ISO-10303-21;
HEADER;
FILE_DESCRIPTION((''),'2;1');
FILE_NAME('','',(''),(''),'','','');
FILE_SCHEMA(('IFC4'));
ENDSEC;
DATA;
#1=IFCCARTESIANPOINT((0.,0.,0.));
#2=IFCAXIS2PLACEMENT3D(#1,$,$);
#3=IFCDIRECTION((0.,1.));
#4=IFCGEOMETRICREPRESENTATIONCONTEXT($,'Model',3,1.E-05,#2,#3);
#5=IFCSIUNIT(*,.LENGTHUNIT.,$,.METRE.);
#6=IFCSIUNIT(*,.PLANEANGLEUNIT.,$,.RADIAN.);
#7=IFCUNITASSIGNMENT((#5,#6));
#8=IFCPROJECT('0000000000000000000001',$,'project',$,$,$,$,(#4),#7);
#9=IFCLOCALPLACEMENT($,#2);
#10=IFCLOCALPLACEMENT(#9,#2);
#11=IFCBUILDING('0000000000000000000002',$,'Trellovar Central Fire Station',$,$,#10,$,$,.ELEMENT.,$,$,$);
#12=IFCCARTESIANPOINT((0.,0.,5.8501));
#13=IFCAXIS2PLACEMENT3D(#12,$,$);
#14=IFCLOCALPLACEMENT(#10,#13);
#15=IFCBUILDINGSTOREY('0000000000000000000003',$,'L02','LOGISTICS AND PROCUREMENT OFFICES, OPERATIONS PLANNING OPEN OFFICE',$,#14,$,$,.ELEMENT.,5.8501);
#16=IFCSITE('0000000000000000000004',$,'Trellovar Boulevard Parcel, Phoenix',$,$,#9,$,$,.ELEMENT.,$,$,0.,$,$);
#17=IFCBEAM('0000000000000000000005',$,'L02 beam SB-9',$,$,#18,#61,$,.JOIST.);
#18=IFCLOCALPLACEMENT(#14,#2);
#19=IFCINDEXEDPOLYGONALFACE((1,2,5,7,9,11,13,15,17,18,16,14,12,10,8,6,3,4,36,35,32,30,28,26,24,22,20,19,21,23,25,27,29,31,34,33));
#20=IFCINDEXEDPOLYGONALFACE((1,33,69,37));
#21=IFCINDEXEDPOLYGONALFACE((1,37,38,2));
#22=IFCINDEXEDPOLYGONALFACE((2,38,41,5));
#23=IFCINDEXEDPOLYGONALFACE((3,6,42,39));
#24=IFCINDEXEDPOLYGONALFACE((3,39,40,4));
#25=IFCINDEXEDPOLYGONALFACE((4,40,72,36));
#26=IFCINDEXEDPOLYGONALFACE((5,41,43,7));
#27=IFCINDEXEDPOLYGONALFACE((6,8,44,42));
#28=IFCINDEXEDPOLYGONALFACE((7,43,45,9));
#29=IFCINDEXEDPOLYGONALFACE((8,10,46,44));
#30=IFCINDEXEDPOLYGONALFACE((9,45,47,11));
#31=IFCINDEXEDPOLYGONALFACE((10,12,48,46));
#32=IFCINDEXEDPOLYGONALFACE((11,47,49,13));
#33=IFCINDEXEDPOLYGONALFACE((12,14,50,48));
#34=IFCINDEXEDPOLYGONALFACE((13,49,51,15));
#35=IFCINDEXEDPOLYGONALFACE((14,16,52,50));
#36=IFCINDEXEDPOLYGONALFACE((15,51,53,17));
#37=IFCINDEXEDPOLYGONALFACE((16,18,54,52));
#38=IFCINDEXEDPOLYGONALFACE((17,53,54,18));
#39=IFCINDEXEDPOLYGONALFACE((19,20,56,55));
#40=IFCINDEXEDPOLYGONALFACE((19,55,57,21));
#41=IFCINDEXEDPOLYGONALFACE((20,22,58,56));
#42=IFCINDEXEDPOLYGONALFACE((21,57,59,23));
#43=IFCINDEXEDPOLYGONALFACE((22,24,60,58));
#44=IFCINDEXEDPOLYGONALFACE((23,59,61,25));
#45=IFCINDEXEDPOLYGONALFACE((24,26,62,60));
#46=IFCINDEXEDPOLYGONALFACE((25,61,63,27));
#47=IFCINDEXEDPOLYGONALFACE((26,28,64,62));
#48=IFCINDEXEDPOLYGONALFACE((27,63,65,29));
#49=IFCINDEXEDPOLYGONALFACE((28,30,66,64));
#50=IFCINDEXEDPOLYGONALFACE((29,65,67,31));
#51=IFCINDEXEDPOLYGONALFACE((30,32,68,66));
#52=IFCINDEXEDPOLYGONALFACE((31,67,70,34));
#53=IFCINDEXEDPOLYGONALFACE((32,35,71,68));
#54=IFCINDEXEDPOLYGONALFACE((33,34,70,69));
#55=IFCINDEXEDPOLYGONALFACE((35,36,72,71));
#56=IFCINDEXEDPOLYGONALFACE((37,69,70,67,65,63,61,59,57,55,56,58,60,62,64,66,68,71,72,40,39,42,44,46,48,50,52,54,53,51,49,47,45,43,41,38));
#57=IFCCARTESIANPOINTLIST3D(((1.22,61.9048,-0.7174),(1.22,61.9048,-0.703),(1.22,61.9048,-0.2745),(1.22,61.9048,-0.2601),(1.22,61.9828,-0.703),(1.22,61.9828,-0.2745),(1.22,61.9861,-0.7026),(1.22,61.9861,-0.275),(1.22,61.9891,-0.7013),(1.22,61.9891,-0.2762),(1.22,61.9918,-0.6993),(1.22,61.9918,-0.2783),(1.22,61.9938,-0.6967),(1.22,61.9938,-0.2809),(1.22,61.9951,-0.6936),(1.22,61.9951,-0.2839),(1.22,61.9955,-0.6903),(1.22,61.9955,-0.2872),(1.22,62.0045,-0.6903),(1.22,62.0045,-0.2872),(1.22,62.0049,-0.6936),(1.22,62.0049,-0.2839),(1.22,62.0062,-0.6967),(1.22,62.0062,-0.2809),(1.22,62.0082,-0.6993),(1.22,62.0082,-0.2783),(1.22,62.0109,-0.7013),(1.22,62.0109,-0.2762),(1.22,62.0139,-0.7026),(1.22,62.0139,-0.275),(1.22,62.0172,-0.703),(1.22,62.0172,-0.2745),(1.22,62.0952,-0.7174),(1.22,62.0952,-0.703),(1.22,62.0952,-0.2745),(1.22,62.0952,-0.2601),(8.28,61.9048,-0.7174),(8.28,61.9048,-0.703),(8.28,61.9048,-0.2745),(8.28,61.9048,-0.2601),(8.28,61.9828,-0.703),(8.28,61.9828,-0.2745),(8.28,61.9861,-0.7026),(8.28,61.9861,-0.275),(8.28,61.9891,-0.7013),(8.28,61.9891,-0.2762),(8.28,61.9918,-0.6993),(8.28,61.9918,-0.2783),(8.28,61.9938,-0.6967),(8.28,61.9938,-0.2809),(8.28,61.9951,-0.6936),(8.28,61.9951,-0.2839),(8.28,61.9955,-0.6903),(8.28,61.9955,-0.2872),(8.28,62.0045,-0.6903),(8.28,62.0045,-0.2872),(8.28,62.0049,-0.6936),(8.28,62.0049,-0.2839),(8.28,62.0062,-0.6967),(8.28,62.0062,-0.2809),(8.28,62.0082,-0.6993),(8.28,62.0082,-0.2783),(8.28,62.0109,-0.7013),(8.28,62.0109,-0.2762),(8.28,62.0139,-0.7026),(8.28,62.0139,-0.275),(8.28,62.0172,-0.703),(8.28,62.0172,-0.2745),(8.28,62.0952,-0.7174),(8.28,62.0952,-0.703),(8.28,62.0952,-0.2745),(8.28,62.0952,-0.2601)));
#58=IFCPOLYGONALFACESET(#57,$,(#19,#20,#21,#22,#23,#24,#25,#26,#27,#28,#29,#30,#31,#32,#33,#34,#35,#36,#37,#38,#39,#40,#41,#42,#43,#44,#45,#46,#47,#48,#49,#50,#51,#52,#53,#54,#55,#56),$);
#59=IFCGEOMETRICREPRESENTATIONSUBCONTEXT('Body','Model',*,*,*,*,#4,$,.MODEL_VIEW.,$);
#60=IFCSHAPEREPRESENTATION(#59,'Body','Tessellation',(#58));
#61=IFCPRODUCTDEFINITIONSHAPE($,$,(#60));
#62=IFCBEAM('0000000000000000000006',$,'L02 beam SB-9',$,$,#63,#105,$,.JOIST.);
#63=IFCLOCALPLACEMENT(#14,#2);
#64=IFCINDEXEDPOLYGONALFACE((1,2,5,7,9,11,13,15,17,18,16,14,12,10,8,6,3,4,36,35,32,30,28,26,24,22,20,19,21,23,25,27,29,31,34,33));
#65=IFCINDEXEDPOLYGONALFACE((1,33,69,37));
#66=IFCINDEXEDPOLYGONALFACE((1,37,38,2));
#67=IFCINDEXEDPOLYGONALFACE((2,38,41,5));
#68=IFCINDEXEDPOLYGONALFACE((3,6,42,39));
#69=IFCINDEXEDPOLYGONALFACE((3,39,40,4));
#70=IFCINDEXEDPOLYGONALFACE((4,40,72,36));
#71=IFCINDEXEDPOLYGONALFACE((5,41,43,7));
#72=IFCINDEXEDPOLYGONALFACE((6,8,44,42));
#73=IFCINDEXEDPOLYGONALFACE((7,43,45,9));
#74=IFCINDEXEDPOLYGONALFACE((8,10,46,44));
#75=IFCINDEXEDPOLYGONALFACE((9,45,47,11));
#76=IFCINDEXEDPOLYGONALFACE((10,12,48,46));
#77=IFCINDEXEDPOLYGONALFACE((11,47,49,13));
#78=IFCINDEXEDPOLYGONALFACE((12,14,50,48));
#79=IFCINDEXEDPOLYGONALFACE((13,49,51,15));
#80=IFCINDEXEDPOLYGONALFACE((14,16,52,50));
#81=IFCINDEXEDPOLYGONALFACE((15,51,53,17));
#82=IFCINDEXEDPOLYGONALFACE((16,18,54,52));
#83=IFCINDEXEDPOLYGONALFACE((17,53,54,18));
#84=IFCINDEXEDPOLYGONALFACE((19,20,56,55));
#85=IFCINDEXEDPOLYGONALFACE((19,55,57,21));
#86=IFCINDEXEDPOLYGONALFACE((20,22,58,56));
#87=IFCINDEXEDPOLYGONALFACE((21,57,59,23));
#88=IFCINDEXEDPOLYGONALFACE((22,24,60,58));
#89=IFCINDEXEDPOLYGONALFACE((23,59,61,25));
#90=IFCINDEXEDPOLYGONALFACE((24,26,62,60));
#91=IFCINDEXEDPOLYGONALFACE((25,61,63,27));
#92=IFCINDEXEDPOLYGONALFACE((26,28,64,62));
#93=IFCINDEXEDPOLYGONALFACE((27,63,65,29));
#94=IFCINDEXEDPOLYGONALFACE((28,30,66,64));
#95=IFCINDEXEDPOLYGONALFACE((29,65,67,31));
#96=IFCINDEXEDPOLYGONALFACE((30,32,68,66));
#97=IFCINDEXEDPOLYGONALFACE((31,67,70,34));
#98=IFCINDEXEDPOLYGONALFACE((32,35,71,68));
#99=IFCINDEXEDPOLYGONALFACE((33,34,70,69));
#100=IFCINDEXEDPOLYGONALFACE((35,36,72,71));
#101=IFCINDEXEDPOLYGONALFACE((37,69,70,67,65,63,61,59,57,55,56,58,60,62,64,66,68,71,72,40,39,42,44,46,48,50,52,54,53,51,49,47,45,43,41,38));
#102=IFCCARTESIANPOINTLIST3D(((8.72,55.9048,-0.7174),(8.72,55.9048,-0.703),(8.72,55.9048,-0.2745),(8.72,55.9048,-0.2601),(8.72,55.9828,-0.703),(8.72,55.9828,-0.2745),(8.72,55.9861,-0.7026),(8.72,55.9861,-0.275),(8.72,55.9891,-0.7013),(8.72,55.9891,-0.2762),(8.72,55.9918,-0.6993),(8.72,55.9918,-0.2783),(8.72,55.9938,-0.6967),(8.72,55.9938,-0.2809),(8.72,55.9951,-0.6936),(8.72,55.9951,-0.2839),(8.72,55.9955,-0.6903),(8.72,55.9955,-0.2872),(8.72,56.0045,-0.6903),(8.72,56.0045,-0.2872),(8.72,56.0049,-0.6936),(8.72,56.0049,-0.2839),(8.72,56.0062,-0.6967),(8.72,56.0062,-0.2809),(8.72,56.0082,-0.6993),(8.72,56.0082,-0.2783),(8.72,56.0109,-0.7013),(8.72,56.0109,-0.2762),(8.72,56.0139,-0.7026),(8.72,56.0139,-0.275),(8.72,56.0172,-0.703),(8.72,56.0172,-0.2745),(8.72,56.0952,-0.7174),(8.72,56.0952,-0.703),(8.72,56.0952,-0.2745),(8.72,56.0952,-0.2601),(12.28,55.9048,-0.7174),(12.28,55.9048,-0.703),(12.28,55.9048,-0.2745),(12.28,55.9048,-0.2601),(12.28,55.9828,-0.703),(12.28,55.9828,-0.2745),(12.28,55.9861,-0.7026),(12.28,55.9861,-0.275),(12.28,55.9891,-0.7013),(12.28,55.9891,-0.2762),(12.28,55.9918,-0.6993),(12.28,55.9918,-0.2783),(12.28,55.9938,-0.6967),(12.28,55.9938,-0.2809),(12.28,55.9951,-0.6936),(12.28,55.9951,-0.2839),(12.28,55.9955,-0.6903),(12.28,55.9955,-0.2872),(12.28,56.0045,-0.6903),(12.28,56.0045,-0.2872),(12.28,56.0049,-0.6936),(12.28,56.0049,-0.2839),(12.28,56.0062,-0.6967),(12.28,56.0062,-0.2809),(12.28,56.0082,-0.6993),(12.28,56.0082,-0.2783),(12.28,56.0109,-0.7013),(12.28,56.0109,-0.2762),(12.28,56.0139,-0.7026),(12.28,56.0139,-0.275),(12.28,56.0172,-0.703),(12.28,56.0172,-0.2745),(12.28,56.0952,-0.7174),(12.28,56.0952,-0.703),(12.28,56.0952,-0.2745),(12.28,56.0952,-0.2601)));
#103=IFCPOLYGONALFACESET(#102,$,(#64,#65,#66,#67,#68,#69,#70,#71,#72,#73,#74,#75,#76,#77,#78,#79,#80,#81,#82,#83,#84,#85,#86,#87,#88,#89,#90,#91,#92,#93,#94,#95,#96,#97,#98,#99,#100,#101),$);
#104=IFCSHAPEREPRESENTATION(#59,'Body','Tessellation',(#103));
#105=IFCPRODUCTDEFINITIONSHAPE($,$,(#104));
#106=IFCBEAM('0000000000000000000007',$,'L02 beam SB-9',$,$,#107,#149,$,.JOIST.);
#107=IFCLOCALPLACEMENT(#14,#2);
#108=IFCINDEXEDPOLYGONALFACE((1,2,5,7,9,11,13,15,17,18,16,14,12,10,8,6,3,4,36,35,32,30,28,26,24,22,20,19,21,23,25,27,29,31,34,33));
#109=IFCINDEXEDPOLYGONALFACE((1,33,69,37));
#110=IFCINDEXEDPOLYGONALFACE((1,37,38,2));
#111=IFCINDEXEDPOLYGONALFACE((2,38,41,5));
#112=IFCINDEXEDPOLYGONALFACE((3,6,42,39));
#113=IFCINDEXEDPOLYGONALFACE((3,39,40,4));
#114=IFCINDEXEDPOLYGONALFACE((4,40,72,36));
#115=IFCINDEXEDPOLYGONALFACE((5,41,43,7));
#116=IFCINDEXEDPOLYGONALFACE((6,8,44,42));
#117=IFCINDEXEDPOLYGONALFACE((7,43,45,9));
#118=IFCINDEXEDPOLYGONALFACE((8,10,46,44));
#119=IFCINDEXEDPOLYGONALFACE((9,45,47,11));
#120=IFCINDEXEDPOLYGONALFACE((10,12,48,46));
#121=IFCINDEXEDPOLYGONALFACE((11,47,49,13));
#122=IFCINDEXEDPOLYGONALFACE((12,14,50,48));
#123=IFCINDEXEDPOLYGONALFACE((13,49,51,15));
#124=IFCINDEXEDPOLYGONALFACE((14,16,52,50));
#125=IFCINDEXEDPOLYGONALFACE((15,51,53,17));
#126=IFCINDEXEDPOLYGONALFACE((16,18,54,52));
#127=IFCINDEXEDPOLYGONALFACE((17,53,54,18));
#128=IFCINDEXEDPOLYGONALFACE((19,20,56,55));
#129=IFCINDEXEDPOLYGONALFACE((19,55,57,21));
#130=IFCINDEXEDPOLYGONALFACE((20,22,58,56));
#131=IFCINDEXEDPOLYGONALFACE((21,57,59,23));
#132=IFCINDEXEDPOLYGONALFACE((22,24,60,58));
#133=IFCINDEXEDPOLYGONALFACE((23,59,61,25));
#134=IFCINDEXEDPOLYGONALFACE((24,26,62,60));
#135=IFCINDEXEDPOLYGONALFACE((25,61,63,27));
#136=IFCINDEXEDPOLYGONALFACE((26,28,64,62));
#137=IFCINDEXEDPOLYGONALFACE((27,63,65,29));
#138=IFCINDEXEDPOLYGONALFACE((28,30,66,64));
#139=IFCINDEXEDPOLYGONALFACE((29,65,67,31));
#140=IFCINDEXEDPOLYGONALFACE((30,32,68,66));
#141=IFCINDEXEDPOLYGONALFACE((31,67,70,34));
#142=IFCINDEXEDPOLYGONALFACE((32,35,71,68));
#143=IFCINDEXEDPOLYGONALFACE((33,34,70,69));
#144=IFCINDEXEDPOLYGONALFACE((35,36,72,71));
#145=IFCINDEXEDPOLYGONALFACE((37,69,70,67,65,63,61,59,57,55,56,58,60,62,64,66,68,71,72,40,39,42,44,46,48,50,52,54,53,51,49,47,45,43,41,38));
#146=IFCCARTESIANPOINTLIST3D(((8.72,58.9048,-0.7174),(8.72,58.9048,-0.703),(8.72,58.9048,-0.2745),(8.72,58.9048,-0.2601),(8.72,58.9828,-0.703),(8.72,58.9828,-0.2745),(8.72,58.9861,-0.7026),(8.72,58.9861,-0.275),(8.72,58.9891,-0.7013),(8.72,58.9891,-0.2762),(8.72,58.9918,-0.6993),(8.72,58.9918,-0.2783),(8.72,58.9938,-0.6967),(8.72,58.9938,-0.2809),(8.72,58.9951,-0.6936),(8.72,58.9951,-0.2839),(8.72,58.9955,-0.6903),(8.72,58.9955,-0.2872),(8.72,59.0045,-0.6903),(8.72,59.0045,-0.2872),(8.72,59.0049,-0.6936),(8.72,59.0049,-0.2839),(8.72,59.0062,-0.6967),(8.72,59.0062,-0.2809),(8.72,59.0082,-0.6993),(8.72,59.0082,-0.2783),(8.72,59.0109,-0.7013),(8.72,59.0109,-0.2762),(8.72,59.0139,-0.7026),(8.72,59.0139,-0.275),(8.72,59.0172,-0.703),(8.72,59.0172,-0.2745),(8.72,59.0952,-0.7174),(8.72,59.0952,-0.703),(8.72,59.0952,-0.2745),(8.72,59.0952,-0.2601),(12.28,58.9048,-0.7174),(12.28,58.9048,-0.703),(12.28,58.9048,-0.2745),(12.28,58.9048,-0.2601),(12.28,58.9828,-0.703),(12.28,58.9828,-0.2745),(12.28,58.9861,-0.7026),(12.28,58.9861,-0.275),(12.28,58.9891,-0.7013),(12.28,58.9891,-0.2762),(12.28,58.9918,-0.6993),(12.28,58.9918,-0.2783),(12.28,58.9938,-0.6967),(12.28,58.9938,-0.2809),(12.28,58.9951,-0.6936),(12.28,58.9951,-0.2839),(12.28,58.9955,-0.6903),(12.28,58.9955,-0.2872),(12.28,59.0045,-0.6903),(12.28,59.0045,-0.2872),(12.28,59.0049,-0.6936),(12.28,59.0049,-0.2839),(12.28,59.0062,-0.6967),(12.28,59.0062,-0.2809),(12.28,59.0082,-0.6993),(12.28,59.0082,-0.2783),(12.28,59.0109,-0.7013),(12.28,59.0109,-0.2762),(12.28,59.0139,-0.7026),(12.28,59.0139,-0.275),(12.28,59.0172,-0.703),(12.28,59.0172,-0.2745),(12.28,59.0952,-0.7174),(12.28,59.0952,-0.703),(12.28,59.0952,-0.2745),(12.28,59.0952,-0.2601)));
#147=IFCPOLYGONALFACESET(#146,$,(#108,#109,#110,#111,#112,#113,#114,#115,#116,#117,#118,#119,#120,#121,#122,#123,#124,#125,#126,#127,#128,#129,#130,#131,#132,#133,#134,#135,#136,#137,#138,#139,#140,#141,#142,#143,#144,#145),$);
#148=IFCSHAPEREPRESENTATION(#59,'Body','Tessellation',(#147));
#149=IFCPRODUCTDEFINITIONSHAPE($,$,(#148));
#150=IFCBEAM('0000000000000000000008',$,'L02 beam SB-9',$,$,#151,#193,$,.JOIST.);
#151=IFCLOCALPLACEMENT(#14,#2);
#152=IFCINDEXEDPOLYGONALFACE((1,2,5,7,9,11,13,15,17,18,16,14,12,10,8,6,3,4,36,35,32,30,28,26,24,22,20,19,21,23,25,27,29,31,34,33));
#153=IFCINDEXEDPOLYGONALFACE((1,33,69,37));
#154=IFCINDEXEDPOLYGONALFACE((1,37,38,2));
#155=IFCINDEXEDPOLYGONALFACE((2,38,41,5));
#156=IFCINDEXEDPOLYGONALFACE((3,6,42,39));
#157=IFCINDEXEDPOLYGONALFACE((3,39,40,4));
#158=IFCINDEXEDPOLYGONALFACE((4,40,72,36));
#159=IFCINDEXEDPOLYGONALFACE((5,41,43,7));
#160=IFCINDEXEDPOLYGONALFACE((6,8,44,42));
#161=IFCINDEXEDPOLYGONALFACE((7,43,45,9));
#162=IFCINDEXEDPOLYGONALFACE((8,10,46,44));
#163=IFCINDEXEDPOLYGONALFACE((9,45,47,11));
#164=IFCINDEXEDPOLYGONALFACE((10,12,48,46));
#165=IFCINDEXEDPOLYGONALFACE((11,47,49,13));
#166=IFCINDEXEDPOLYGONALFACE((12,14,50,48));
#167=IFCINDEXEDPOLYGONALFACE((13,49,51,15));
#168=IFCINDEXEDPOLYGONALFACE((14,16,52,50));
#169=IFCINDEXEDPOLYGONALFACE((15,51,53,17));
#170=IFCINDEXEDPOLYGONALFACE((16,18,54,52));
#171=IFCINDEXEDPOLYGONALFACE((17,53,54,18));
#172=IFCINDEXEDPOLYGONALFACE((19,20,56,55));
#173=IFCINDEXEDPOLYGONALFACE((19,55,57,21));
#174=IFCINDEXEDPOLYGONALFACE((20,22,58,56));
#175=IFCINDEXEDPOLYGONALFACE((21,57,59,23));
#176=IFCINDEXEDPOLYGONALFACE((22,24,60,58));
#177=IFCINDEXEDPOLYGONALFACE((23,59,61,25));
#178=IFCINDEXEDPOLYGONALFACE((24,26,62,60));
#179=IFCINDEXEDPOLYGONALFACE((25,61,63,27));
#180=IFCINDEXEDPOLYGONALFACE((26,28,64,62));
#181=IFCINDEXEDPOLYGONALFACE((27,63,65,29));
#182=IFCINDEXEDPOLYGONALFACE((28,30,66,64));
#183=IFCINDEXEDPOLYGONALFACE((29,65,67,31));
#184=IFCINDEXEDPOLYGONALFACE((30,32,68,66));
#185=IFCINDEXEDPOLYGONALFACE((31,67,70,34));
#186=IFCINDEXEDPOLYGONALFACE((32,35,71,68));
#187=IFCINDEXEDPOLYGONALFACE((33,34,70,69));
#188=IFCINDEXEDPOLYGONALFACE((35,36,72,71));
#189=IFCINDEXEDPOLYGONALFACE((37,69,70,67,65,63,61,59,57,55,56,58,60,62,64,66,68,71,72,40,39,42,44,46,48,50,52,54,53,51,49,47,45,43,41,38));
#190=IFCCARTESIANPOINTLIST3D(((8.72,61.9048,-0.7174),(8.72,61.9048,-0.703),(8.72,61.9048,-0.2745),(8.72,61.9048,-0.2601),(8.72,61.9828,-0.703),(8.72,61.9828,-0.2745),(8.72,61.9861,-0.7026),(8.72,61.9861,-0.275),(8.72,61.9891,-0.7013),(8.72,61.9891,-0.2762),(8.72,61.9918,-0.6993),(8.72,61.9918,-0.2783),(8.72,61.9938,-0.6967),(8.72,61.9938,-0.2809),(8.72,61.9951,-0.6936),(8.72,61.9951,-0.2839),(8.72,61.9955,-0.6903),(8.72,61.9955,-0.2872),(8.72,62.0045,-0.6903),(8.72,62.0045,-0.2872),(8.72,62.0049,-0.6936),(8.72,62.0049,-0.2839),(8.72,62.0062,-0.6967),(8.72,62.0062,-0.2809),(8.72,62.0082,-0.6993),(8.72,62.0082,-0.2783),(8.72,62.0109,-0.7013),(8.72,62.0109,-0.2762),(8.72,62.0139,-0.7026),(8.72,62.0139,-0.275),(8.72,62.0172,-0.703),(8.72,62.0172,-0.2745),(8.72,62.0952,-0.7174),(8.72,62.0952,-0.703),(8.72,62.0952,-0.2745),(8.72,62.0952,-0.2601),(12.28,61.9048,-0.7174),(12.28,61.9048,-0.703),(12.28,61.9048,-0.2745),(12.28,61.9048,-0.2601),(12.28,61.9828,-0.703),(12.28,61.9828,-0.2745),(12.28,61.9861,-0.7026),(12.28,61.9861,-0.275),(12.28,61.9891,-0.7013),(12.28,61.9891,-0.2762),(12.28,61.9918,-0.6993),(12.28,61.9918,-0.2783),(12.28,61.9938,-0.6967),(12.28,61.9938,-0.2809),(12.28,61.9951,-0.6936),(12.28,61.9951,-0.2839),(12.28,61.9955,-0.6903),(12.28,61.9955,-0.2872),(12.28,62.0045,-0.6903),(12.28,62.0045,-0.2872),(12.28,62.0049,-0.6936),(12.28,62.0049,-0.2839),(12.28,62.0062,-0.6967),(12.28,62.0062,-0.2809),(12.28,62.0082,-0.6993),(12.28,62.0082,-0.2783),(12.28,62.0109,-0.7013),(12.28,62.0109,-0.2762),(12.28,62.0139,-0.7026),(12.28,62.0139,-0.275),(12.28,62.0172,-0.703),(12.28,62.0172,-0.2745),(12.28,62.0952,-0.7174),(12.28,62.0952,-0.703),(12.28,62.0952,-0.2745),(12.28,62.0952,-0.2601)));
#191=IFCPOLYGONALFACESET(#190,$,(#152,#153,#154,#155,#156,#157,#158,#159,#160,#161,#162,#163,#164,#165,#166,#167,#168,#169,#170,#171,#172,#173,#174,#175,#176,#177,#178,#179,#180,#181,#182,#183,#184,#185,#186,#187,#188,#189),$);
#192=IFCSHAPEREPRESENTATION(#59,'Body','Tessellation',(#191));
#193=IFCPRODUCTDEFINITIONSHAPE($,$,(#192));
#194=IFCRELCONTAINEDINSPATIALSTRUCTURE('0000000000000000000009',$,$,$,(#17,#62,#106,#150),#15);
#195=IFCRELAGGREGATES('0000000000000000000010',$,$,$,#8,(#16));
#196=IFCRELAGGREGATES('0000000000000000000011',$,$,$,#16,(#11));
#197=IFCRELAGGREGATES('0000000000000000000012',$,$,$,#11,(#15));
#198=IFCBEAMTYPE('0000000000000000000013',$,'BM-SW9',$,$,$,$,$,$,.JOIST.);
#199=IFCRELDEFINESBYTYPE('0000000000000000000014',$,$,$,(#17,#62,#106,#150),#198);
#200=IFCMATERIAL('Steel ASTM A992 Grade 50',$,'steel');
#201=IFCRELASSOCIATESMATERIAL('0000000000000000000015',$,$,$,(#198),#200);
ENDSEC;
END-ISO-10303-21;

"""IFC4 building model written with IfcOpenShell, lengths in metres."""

from ifc_helpers import new_model, si_unit, direction, frame, origin, origin_2d, place, context, subcontext, project, spatial, i_section, extrude, material, material_profile, profile_set, type_object, element, save


model = new_model("IFC4")

# Units and contexts
model_context = context("Model", 3, precision=1e-05, world=origin(), true_north=direction((0.0, 1.0)))
body_context = subcontext(model_context, "Body", "Model", "MODEL_VIEW")
ifc_project = project(units=[si_unit("LENGTHUNIT", "METRE"), si_unit("PLANEANGLEUNIT", "RADIAN")], contexts=[model_context])

# Site, building, storey
site_placement = place(None, origin())
site = spatial("IfcSite", under=ifc_project, at=site_placement, Name="Trellovar Boulevard Parcel, Phoenix", CompositionType="ELEMENT", RefElevation=0.0)
building_placement = place(site_placement, origin())
building = spatial("IfcBuilding", under=site, at=building_placement, Name="Trellovar Central Fire Station", CompositionType="ELEMENT")
storey_placement = place(building_placement, frame((0.0, 0.0, 5.8501)))
storey = spatial("IfcBuildingStorey", under=building, at=storey_placement, Name="L02", Description="LOGISTICS AND PROCUREMENT OFFICES, OPERATIONS PLANNING OPEN OFFICE", CompositionType="ELEMENT", Elevation=5.8501)

# Beams
ifc_material_1 = material(Name="Steel ASTM A992 Grade 50", Category="steel")
ifc_material_profile_1 = material_profile(ifc_material_1, i_section(OverallWidth=0.1904, OverallDepth=0.4573, WebThickness=0.009, FlangeThickness=0.0144, FilletRadius=0.0127, at=origin_2d()), Name="W18X50")
ifc_profile_set_1 = profile_set([ifc_material_profile_1], Name="Steel ASTM A992 Grade 50")
beam_type_1 = type_object("IfcBeamType", Name="BM-SW9", PredefinedType="JOIST", material=ifc_profile_set_1)
for number, where, z_axis, x_axis, name in (
    (1, (1.22, 62.0, -0.4888), (1.0, 0.0, 0.0), (0.0, 1.0, 0.0), "L02 beam SB-9"),
):
    element("IfcBeam", number, at=place(storey_placement, frame(where, z_axis=z_axis, x_axis=x_axis)), inside=storey, type_object=beam_type_1, Name=name, PredefinedType="JOIST", context=body_context, shape_type="SweptSolid", body=[
        extrude(i_section(OverallWidth=0.1904, OverallDepth=0.4573, WebThickness=0.009, FlangeThickness=0.0144, FilletRadius=0.0127, at=origin_2d()), origin(), (0.0, 0.0, 1.0), 7.0601),
    ])
for number, where, z_axis, x_axis, name in (
    (2, (8.72, 56.0, -0.4888), (1.0, 0.0, 0.0), (0.0, 1.0, 0.0), "L02 beam SB-9"),
    (3, (8.72, 59.0, -0.4888), (1.0, 0.0, 0.0), (0.0, 1.0, 0.0), "L02 beam SB-9"),
    (4, (8.72, 62.0, -0.4888), (1.0, 0.0, 0.0), (0.0, 1.0, 0.0), "L02 beam SB-9"),
):
    element("IfcBeam", number, at=place(storey_placement, frame(where, z_axis=z_axis, x_axis=x_axis)), inside=storey, type_object=beam_type_1, Name=name, PredefinedType="JOIST", context=body_context, shape_type="SweptSolid", body=[
        extrude(i_section(OverallWidth=0.1904, OverallDepth=0.4573, WebThickness=0.009, FlangeThickness=0.0144, FilletRadius=0.0127, at=origin_2d()), origin(), (0.0, 0.0, 1.0), 3.5601),
    ])

save(model, "model.ifc")
